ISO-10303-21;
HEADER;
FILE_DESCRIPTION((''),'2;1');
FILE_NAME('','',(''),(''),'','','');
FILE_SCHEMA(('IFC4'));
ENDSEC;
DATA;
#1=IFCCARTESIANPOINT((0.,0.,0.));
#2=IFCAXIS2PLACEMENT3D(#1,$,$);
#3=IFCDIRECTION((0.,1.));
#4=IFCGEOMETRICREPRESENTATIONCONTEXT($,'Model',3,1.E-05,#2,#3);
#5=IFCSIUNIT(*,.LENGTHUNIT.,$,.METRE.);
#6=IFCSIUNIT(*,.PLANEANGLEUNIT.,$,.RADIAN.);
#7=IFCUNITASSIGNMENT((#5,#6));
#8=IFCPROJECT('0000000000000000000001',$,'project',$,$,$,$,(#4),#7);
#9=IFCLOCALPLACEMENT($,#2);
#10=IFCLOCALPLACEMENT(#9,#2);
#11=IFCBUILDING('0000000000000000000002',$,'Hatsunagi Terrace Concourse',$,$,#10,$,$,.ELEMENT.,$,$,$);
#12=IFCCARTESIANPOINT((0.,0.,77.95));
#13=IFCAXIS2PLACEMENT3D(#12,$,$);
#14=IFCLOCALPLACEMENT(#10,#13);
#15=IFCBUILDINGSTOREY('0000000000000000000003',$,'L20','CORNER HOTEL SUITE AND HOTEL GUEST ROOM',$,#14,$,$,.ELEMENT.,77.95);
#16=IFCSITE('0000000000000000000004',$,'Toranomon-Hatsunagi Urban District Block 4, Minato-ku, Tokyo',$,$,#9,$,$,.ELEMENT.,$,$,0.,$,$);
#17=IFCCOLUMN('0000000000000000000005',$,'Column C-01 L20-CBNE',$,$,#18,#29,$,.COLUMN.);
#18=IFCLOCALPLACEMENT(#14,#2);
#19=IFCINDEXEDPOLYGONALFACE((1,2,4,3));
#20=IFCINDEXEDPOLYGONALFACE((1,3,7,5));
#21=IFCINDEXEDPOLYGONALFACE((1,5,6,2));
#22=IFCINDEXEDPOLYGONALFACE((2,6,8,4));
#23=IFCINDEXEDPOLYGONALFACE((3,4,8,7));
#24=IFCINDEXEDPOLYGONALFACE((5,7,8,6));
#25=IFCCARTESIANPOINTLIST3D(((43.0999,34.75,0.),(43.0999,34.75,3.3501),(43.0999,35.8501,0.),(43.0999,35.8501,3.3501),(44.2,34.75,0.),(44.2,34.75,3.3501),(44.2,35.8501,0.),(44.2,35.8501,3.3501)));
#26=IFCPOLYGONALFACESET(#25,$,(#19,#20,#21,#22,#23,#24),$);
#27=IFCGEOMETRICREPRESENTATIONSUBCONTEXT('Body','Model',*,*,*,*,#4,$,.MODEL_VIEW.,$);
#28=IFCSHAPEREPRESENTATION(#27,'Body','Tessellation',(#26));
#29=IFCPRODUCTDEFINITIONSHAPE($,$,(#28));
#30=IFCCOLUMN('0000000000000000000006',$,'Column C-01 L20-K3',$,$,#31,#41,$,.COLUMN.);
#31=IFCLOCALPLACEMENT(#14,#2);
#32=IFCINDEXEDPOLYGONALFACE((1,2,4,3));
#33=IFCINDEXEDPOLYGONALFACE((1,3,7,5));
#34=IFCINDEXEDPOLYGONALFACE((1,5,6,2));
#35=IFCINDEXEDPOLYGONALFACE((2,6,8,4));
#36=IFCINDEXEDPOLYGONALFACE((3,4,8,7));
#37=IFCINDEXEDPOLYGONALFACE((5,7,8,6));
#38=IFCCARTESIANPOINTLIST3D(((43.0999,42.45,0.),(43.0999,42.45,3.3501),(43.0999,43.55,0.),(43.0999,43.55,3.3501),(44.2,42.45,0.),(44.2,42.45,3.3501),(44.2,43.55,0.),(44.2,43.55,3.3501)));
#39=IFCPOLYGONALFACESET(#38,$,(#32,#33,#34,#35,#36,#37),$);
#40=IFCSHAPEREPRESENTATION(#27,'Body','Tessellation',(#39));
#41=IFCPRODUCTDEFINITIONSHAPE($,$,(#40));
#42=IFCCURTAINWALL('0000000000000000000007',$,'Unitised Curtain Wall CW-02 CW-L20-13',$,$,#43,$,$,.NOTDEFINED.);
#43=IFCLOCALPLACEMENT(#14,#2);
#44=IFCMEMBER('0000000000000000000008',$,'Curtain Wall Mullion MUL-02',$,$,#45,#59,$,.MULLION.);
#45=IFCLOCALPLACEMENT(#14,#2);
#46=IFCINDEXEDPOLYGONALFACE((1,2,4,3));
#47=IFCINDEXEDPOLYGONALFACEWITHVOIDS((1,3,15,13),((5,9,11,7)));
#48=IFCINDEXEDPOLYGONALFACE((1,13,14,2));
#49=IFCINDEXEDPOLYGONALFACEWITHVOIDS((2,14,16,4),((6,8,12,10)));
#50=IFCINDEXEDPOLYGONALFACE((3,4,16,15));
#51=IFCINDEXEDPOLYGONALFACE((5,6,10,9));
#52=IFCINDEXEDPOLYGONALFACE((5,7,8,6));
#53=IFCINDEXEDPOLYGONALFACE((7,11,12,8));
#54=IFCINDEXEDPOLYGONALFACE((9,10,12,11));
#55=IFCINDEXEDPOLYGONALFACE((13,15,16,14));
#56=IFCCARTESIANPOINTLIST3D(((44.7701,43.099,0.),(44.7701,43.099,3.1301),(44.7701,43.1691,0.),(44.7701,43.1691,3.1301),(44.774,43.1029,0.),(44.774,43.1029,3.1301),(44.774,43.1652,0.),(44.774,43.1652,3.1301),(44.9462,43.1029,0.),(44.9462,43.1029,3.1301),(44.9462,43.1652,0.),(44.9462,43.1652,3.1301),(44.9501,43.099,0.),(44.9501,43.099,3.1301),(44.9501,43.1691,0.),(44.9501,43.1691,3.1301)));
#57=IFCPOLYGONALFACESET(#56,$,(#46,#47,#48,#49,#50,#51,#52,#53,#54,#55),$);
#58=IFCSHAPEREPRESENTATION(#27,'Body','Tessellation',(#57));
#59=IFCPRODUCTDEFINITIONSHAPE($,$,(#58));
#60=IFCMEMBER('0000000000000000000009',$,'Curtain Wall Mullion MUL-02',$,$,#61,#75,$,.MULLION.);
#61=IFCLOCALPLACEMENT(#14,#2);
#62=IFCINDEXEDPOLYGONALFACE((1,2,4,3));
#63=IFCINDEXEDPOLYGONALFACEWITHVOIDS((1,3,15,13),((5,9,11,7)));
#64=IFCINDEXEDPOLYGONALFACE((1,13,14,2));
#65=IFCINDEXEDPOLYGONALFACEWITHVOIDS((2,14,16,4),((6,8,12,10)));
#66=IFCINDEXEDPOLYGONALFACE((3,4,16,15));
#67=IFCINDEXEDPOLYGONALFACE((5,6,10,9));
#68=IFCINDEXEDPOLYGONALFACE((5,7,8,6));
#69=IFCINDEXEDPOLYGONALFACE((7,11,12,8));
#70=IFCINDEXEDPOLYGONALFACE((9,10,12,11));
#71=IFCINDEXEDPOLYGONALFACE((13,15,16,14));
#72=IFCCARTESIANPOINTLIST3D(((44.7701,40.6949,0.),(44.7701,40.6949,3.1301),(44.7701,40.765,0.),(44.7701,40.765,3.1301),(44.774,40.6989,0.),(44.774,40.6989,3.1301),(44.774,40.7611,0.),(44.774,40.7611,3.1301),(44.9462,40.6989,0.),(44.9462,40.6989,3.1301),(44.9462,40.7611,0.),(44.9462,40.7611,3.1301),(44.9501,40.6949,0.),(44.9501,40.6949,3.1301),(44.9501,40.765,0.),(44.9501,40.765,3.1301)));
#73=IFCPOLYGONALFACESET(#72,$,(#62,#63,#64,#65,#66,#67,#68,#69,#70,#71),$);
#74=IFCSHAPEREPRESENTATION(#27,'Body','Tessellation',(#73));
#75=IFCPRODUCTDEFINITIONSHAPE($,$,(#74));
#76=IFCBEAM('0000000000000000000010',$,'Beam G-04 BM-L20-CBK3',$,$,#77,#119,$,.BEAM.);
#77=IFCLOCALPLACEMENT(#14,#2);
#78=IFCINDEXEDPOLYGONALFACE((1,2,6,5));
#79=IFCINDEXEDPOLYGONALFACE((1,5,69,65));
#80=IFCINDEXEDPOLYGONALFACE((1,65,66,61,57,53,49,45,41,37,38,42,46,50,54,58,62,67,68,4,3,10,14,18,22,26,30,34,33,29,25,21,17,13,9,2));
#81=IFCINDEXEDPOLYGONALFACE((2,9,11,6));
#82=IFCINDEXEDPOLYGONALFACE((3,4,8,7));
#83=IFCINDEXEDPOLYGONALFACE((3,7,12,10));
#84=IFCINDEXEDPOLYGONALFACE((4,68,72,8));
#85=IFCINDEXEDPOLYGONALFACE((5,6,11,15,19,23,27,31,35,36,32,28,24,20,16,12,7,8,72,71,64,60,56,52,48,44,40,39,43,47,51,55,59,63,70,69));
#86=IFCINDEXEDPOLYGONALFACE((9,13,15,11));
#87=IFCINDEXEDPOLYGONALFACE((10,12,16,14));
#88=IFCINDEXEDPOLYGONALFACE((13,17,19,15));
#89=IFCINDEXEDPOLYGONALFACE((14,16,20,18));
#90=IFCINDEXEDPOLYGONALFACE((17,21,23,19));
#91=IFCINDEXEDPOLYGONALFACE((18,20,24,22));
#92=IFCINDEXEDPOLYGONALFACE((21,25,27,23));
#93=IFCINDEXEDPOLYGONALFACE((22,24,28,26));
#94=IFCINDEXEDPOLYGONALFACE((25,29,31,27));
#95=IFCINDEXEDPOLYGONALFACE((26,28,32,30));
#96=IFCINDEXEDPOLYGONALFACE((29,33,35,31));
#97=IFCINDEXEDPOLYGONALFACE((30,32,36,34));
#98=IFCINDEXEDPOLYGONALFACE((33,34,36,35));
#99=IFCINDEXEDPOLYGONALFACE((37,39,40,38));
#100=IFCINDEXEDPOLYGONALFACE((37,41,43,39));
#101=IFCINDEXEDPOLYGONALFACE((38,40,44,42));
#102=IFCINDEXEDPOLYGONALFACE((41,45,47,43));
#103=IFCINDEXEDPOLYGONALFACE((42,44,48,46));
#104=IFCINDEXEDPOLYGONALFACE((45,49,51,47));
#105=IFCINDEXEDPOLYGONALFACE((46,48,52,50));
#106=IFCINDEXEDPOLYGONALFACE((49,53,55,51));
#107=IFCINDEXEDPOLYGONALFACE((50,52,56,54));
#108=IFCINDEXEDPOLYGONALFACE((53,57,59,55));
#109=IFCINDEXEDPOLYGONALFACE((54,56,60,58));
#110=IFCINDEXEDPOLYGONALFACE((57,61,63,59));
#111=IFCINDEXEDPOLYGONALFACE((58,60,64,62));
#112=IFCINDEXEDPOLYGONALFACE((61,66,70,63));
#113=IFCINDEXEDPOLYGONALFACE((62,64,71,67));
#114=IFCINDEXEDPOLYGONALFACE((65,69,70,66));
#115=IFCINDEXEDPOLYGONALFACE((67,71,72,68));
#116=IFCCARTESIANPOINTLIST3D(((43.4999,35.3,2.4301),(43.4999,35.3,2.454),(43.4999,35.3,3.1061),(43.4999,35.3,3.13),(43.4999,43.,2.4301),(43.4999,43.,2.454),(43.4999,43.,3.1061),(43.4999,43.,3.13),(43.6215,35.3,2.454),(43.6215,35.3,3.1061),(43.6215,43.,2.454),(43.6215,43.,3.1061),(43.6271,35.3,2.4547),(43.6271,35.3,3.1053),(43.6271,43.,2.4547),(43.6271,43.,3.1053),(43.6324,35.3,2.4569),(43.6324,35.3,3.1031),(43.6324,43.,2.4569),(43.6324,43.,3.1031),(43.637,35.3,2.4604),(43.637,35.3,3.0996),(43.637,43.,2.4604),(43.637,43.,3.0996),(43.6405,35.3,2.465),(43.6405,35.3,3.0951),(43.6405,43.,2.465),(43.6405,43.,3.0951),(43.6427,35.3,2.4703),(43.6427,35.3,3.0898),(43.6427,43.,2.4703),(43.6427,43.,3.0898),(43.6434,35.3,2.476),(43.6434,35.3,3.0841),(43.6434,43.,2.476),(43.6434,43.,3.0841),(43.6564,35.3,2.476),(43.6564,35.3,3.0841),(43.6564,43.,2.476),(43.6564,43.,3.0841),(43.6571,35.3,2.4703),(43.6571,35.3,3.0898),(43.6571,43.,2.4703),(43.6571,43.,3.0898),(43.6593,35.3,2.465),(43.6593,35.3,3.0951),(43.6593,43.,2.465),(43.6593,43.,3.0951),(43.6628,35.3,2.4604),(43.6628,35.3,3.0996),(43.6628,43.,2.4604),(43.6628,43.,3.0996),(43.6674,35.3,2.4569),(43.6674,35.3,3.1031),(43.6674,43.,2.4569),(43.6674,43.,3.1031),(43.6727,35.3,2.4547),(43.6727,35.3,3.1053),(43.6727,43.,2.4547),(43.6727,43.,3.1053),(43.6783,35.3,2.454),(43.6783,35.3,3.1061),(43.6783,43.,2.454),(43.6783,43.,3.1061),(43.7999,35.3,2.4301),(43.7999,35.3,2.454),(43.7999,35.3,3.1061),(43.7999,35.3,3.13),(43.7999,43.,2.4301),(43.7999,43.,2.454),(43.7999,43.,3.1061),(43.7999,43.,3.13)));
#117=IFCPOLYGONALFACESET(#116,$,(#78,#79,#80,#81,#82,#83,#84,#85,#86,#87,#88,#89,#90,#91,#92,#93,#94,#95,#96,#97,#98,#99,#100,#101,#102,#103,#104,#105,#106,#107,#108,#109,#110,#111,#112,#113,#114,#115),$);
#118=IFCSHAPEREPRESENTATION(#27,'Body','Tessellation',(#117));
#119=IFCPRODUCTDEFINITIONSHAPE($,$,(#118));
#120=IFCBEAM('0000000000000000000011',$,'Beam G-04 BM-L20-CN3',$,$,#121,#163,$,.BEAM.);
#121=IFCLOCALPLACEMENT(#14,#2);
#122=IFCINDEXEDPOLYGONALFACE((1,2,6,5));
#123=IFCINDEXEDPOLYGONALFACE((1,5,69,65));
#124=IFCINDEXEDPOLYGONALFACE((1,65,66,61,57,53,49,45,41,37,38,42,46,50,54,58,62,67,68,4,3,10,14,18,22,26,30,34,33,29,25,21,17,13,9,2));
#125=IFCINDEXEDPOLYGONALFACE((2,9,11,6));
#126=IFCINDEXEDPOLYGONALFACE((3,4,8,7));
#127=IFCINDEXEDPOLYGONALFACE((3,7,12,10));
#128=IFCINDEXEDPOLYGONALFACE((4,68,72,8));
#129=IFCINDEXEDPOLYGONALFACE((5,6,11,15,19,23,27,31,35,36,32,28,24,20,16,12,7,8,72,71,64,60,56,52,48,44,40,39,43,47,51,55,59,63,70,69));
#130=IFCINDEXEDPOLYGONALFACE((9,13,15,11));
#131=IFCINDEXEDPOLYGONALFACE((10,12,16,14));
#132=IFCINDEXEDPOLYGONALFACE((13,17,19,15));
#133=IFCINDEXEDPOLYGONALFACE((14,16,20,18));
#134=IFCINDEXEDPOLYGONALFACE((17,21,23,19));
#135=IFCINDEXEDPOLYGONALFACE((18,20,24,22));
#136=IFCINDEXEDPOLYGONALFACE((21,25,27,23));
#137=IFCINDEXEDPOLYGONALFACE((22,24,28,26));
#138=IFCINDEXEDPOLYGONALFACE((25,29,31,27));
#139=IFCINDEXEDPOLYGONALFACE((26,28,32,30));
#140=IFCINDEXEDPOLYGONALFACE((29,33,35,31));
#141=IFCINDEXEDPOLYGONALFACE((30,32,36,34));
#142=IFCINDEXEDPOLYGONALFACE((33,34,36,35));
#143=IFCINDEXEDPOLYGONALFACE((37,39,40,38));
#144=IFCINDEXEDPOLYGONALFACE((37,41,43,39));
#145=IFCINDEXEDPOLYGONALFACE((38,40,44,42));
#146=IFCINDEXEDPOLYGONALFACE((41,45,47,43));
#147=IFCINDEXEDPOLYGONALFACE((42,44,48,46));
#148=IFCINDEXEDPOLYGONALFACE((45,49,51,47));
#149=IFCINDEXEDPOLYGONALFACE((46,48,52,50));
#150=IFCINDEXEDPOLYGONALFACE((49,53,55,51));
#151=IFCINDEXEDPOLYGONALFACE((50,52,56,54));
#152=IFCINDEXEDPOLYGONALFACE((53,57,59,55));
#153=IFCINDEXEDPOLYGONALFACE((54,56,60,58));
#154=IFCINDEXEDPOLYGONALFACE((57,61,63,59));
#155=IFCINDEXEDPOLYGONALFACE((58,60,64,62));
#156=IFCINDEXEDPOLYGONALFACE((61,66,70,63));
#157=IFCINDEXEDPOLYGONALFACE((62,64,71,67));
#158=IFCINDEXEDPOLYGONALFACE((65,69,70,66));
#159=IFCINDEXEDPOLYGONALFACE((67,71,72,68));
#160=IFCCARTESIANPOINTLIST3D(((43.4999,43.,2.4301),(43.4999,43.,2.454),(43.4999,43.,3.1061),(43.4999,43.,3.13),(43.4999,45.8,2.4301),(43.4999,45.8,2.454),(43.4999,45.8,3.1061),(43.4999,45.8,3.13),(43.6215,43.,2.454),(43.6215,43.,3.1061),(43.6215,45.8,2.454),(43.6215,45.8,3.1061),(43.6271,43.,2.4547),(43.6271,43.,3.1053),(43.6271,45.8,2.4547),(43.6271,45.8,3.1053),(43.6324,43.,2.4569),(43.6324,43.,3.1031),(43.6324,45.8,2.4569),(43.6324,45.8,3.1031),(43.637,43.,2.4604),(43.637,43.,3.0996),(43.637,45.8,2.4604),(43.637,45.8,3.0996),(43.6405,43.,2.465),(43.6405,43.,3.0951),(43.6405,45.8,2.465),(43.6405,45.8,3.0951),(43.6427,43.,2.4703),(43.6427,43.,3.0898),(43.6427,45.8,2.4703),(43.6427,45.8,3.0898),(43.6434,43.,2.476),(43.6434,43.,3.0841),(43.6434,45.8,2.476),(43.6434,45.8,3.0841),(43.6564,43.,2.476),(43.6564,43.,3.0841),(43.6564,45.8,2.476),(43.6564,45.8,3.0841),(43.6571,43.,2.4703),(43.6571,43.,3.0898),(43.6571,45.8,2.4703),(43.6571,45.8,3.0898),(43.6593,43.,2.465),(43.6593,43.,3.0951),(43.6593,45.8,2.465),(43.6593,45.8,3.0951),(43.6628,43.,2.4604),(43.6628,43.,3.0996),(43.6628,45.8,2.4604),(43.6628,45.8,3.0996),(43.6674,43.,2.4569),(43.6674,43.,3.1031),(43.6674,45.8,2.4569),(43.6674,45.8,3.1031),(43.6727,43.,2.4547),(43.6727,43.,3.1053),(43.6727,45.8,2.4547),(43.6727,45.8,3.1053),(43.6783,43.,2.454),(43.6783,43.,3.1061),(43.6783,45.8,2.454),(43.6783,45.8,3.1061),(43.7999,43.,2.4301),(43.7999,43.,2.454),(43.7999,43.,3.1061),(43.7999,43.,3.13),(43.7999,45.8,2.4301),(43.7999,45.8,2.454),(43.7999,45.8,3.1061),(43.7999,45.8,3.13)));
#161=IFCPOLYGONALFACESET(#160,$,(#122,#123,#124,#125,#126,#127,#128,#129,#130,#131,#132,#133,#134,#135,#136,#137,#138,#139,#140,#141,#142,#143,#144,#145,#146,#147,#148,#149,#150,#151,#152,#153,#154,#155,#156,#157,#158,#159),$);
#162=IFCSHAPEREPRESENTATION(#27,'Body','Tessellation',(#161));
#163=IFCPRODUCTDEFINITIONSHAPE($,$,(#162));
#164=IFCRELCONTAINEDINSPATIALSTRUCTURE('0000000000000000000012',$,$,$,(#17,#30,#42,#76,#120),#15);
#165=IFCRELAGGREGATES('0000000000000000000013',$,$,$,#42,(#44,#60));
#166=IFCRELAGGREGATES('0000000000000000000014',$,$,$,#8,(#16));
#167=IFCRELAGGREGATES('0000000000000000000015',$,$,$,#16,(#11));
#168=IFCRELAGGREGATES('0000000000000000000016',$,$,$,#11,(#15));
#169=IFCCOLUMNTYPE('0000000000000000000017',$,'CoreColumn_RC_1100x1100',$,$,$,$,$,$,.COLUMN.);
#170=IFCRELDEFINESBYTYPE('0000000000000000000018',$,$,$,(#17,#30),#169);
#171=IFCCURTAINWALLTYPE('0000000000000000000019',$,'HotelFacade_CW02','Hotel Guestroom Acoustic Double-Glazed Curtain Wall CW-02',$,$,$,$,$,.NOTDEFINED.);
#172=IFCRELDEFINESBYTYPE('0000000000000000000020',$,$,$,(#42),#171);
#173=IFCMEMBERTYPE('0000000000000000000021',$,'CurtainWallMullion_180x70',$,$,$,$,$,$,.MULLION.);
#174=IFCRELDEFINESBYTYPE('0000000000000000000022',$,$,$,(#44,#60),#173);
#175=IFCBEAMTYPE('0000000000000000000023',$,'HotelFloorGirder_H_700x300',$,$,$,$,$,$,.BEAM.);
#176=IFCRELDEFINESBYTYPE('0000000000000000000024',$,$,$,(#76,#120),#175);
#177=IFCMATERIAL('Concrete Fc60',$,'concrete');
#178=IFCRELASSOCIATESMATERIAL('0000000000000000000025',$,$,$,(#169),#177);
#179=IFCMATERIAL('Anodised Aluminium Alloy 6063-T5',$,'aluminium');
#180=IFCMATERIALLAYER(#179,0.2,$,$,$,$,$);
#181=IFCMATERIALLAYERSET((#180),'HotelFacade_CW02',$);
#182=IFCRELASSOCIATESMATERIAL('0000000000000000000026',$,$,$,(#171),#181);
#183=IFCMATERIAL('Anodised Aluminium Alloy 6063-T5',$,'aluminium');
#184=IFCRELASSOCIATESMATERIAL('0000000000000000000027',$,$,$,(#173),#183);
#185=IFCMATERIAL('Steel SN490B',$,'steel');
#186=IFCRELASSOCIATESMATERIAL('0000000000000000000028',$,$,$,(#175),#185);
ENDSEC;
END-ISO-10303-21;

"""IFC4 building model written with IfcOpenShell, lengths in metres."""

from ifc_helpers import new_model, si_unit, direction, frame, origin, origin_2d, place, context, subcontext, project, spatial, rectangle, hollow_rectangle, i_section, extrude, material, layer, layer_set, material_profile, profile_set, type_object, element, aggregate, save


model = new_model("IFC4")

# Units and contexts
model_context = context("Model", 3, precision=1e-05, world=origin(), true_north=direction((0.0, 1.0)))
body_context = subcontext(model_context, "Body", "Model", "MODEL_VIEW")
ifc_project = project(units=[si_unit("LENGTHUNIT", "METRE"), si_unit("PLANEANGLEUNIT", "RADIAN")], contexts=[model_context])

# Site, building, storey
site_placement = place(None, origin())
site = spatial("IfcSite", under=ifc_project, at=site_placement, Name="Toranomon-Hatsunagi Urban District Block 4, Minato-ku, Tokyo", CompositionType="ELEMENT", RefElevation=0.0)
building_placement = place(site_placement, origin())
building = spatial("IfcBuilding", under=site, at=building_placement, Name="Hatsunagi Terrace Concourse", CompositionType="ELEMENT")
storey_placement = place(building_placement, frame((0.0, 0.0, 77.95)))
storey = spatial("IfcBuildingStorey", under=building, at=storey_placement, Name="L20", Description="CORNER HOTEL SUITE AND HOTEL GUEST ROOM", CompositionType="ELEMENT", Elevation=77.95)

# Columns
ifc_material_1 = material(Name="Concrete Fc60", Category="concrete")
ifc_material_profile_1 = material_profile(ifc_material_1, rectangle(XDim=1.1001, YDim=1.1001, at=origin_2d()), Name="RC-1100x1100")
ifc_profile_set_1 = profile_set([ifc_material_profile_1], Name="Concrete Fc60")
column_type = type_object("IfcColumnType", Name="CoreColumn_RC_1100x1100", PredefinedType="COLUMN", material=ifc_profile_set_1)
for number, where, z_axis, x_axis, name in (
    (1, (43.6499, 35.3, 0.0), (0.0, 0.0, 1.0), (1.0, 0.0, 0.0), "Column C-01 L20-CBNE"),
    (2, (43.6499, 43.0, 0.0), (0.0, 0.0, 1.0), (1.0, 0.0, 0.0), "Column C-01 L20-K3"),
):
    element("IfcColumn", number, at=place(storey_placement, frame(where, z_axis=z_axis, x_axis=x_axis)), inside=storey, type_object=column_type, Name=name, PredefinedType="COLUMN", context=body_context, shape_type="SweptSolid", body=[
        extrude(rectangle(XDim=1.1001, YDim=1.1001, at=origin_2d()), origin(), (0.0, 0.0, 1.0), 3.3501),
    ])

# Curtain wall, members
ifc_material_2 = material(Name="Anodised Aluminium Alloy 6063-T5", Category="aluminium")
ifc_layer_1 = layer(ifc_material_2, 0.2)
ifc_layer_set_1 = layer_set([ifc_layer_1], Name="HotelFacade_CW02")
curtain_wall_type = type_object("IfcCurtainWallType", Name="HotelFacade_CW02", Description="Hotel Guestroom Acoustic Double-Glazed Curtain Wall CW-02", PredefinedType="NOTDEFINED", material=ifc_layer_set_1)
curtain_wall_placement = place(storey_placement, origin())
curtain_wall = element("IfcCurtainWall", 3, at=curtain_wall_placement, inside=storey, type_object=curtain_wall_type, Name="Unitised Curtain Wall CW-02 CW-L20-13", PredefinedType="NOTDEFINED")
ifc_material_3 = material(Name="Anodised Aluminium Alloy 6063-T5", Category="aluminium")
ifc_material_profile_2 = material_profile(ifc_material_3, hollow_rectangle(XDim=0.0701, YDim=0.1799, WallThickness=0.0039, at=origin_2d()), Name="ALU-MUL-180x70x4")
ifc_profile_set_2 = profile_set([ifc_material_profile_2], Name="Anodised Aluminium Alloy 6063-T5")
member_type = type_object("IfcMemberType", Name="CurtainWallMullion_180x70", PredefinedType="MULLION", material=ifc_profile_set_2)
member_1_placement = place(storey_placement, frame((44.8601, 43.134, 0.0), z_axis=(0.0, 0.0, 1.0), x_axis=(0.0, -1.0, 0.0)))
member_1 = element("IfcMember", 4, at=member_1_placement, type_object=member_type, Name="Curtain Wall Mullion MUL-02", PredefinedType="MULLION", context=body_context, shape_type="SweptSolid", body=[
    extrude(hollow_rectangle(XDim=0.0701, YDim=0.1799, WallThickness=0.0039, at=origin_2d()), origin(), (0.0, 0.0, 1.0), 3.1301),
])
member_2_placement = place(storey_placement, frame((44.8601, 40.73, 0.0), z_axis=(0.0, 0.0, 1.0), x_axis=(0.0, -1.0, 0.0)))
member_2 = element("IfcMember", 5, at=member_2_placement, type_object=member_type, Name="Curtain Wall Mullion MUL-02", PredefinedType="MULLION", context=body_context, shape_type="SweptSolid", body=[
    extrude(hollow_rectangle(XDim=0.0701, YDim=0.1799, WallThickness=0.0039, at=origin_2d()), origin(), (0.0, 0.0, 1.0), 3.1301),
])

# Beams
ifc_material_4 = material(Name="Steel SN490B", Category="steel")
ifc_material_profile_3 = material_profile(ifc_material_4, i_section(OverallWidth=0.3, OverallDepth=0.7, WebThickness=0.0129, FlangeThickness=0.0239, FilletRadius=0.022, at=origin_2d()), Name="H-700x300x13x24")
ifc_profile_set_3 = profile_set([ifc_material_profile_3], Name="Steel SN490B")
beam_type_1 = type_object("IfcBeamType", Name="HotelFloorGirder_H_700x300", PredefinedType="BEAM", material=ifc_profile_set_3)
beam_1_placement = place(storey_placement, frame((43.6499, 35.3, 2.78), z_axis=(0.0, 1.0, 0.0), x_axis=(-1.0, 0.0, 0.0)))
element("IfcBeam", 6, at=beam_1_placement, inside=storey, type_object=beam_type_1, Name="Beam G-04 BM-L20-CBK3", PredefinedType="BEAM", context=body_context, shape_type="SweptSolid", body=[
    extrude(i_section(OverallWidth=0.3, OverallDepth=0.7, WebThickness=0.0129, FlangeThickness=0.0239, FilletRadius=0.022, at=origin_2d()), origin(), (0.0, 0.0, 1.0), 7.7),
])
beam_2_placement = place(storey_placement, frame((43.6499, 43.0, 2.78), z_axis=(0.0, 1.0, 0.0), x_axis=(-1.0, 0.0, 0.0)))
element("IfcBeam", 7, at=beam_2_placement, inside=storey, type_object=beam_type_1, Name="Beam G-04 BM-L20-CN3", PredefinedType="BEAM", context=body_context, shape_type="SweptSolid", body=[
    extrude(i_section(OverallWidth=0.3, OverallDepth=0.7, WebThickness=0.0129, FlangeThickness=0.0239, FilletRadius=0.022, at=origin_2d()), origin(), (0.0, 0.0, 1.0), 2.8),
])

aggregate(curtain_wall, [member_1, member_2])

save(model, "model.ifc")
